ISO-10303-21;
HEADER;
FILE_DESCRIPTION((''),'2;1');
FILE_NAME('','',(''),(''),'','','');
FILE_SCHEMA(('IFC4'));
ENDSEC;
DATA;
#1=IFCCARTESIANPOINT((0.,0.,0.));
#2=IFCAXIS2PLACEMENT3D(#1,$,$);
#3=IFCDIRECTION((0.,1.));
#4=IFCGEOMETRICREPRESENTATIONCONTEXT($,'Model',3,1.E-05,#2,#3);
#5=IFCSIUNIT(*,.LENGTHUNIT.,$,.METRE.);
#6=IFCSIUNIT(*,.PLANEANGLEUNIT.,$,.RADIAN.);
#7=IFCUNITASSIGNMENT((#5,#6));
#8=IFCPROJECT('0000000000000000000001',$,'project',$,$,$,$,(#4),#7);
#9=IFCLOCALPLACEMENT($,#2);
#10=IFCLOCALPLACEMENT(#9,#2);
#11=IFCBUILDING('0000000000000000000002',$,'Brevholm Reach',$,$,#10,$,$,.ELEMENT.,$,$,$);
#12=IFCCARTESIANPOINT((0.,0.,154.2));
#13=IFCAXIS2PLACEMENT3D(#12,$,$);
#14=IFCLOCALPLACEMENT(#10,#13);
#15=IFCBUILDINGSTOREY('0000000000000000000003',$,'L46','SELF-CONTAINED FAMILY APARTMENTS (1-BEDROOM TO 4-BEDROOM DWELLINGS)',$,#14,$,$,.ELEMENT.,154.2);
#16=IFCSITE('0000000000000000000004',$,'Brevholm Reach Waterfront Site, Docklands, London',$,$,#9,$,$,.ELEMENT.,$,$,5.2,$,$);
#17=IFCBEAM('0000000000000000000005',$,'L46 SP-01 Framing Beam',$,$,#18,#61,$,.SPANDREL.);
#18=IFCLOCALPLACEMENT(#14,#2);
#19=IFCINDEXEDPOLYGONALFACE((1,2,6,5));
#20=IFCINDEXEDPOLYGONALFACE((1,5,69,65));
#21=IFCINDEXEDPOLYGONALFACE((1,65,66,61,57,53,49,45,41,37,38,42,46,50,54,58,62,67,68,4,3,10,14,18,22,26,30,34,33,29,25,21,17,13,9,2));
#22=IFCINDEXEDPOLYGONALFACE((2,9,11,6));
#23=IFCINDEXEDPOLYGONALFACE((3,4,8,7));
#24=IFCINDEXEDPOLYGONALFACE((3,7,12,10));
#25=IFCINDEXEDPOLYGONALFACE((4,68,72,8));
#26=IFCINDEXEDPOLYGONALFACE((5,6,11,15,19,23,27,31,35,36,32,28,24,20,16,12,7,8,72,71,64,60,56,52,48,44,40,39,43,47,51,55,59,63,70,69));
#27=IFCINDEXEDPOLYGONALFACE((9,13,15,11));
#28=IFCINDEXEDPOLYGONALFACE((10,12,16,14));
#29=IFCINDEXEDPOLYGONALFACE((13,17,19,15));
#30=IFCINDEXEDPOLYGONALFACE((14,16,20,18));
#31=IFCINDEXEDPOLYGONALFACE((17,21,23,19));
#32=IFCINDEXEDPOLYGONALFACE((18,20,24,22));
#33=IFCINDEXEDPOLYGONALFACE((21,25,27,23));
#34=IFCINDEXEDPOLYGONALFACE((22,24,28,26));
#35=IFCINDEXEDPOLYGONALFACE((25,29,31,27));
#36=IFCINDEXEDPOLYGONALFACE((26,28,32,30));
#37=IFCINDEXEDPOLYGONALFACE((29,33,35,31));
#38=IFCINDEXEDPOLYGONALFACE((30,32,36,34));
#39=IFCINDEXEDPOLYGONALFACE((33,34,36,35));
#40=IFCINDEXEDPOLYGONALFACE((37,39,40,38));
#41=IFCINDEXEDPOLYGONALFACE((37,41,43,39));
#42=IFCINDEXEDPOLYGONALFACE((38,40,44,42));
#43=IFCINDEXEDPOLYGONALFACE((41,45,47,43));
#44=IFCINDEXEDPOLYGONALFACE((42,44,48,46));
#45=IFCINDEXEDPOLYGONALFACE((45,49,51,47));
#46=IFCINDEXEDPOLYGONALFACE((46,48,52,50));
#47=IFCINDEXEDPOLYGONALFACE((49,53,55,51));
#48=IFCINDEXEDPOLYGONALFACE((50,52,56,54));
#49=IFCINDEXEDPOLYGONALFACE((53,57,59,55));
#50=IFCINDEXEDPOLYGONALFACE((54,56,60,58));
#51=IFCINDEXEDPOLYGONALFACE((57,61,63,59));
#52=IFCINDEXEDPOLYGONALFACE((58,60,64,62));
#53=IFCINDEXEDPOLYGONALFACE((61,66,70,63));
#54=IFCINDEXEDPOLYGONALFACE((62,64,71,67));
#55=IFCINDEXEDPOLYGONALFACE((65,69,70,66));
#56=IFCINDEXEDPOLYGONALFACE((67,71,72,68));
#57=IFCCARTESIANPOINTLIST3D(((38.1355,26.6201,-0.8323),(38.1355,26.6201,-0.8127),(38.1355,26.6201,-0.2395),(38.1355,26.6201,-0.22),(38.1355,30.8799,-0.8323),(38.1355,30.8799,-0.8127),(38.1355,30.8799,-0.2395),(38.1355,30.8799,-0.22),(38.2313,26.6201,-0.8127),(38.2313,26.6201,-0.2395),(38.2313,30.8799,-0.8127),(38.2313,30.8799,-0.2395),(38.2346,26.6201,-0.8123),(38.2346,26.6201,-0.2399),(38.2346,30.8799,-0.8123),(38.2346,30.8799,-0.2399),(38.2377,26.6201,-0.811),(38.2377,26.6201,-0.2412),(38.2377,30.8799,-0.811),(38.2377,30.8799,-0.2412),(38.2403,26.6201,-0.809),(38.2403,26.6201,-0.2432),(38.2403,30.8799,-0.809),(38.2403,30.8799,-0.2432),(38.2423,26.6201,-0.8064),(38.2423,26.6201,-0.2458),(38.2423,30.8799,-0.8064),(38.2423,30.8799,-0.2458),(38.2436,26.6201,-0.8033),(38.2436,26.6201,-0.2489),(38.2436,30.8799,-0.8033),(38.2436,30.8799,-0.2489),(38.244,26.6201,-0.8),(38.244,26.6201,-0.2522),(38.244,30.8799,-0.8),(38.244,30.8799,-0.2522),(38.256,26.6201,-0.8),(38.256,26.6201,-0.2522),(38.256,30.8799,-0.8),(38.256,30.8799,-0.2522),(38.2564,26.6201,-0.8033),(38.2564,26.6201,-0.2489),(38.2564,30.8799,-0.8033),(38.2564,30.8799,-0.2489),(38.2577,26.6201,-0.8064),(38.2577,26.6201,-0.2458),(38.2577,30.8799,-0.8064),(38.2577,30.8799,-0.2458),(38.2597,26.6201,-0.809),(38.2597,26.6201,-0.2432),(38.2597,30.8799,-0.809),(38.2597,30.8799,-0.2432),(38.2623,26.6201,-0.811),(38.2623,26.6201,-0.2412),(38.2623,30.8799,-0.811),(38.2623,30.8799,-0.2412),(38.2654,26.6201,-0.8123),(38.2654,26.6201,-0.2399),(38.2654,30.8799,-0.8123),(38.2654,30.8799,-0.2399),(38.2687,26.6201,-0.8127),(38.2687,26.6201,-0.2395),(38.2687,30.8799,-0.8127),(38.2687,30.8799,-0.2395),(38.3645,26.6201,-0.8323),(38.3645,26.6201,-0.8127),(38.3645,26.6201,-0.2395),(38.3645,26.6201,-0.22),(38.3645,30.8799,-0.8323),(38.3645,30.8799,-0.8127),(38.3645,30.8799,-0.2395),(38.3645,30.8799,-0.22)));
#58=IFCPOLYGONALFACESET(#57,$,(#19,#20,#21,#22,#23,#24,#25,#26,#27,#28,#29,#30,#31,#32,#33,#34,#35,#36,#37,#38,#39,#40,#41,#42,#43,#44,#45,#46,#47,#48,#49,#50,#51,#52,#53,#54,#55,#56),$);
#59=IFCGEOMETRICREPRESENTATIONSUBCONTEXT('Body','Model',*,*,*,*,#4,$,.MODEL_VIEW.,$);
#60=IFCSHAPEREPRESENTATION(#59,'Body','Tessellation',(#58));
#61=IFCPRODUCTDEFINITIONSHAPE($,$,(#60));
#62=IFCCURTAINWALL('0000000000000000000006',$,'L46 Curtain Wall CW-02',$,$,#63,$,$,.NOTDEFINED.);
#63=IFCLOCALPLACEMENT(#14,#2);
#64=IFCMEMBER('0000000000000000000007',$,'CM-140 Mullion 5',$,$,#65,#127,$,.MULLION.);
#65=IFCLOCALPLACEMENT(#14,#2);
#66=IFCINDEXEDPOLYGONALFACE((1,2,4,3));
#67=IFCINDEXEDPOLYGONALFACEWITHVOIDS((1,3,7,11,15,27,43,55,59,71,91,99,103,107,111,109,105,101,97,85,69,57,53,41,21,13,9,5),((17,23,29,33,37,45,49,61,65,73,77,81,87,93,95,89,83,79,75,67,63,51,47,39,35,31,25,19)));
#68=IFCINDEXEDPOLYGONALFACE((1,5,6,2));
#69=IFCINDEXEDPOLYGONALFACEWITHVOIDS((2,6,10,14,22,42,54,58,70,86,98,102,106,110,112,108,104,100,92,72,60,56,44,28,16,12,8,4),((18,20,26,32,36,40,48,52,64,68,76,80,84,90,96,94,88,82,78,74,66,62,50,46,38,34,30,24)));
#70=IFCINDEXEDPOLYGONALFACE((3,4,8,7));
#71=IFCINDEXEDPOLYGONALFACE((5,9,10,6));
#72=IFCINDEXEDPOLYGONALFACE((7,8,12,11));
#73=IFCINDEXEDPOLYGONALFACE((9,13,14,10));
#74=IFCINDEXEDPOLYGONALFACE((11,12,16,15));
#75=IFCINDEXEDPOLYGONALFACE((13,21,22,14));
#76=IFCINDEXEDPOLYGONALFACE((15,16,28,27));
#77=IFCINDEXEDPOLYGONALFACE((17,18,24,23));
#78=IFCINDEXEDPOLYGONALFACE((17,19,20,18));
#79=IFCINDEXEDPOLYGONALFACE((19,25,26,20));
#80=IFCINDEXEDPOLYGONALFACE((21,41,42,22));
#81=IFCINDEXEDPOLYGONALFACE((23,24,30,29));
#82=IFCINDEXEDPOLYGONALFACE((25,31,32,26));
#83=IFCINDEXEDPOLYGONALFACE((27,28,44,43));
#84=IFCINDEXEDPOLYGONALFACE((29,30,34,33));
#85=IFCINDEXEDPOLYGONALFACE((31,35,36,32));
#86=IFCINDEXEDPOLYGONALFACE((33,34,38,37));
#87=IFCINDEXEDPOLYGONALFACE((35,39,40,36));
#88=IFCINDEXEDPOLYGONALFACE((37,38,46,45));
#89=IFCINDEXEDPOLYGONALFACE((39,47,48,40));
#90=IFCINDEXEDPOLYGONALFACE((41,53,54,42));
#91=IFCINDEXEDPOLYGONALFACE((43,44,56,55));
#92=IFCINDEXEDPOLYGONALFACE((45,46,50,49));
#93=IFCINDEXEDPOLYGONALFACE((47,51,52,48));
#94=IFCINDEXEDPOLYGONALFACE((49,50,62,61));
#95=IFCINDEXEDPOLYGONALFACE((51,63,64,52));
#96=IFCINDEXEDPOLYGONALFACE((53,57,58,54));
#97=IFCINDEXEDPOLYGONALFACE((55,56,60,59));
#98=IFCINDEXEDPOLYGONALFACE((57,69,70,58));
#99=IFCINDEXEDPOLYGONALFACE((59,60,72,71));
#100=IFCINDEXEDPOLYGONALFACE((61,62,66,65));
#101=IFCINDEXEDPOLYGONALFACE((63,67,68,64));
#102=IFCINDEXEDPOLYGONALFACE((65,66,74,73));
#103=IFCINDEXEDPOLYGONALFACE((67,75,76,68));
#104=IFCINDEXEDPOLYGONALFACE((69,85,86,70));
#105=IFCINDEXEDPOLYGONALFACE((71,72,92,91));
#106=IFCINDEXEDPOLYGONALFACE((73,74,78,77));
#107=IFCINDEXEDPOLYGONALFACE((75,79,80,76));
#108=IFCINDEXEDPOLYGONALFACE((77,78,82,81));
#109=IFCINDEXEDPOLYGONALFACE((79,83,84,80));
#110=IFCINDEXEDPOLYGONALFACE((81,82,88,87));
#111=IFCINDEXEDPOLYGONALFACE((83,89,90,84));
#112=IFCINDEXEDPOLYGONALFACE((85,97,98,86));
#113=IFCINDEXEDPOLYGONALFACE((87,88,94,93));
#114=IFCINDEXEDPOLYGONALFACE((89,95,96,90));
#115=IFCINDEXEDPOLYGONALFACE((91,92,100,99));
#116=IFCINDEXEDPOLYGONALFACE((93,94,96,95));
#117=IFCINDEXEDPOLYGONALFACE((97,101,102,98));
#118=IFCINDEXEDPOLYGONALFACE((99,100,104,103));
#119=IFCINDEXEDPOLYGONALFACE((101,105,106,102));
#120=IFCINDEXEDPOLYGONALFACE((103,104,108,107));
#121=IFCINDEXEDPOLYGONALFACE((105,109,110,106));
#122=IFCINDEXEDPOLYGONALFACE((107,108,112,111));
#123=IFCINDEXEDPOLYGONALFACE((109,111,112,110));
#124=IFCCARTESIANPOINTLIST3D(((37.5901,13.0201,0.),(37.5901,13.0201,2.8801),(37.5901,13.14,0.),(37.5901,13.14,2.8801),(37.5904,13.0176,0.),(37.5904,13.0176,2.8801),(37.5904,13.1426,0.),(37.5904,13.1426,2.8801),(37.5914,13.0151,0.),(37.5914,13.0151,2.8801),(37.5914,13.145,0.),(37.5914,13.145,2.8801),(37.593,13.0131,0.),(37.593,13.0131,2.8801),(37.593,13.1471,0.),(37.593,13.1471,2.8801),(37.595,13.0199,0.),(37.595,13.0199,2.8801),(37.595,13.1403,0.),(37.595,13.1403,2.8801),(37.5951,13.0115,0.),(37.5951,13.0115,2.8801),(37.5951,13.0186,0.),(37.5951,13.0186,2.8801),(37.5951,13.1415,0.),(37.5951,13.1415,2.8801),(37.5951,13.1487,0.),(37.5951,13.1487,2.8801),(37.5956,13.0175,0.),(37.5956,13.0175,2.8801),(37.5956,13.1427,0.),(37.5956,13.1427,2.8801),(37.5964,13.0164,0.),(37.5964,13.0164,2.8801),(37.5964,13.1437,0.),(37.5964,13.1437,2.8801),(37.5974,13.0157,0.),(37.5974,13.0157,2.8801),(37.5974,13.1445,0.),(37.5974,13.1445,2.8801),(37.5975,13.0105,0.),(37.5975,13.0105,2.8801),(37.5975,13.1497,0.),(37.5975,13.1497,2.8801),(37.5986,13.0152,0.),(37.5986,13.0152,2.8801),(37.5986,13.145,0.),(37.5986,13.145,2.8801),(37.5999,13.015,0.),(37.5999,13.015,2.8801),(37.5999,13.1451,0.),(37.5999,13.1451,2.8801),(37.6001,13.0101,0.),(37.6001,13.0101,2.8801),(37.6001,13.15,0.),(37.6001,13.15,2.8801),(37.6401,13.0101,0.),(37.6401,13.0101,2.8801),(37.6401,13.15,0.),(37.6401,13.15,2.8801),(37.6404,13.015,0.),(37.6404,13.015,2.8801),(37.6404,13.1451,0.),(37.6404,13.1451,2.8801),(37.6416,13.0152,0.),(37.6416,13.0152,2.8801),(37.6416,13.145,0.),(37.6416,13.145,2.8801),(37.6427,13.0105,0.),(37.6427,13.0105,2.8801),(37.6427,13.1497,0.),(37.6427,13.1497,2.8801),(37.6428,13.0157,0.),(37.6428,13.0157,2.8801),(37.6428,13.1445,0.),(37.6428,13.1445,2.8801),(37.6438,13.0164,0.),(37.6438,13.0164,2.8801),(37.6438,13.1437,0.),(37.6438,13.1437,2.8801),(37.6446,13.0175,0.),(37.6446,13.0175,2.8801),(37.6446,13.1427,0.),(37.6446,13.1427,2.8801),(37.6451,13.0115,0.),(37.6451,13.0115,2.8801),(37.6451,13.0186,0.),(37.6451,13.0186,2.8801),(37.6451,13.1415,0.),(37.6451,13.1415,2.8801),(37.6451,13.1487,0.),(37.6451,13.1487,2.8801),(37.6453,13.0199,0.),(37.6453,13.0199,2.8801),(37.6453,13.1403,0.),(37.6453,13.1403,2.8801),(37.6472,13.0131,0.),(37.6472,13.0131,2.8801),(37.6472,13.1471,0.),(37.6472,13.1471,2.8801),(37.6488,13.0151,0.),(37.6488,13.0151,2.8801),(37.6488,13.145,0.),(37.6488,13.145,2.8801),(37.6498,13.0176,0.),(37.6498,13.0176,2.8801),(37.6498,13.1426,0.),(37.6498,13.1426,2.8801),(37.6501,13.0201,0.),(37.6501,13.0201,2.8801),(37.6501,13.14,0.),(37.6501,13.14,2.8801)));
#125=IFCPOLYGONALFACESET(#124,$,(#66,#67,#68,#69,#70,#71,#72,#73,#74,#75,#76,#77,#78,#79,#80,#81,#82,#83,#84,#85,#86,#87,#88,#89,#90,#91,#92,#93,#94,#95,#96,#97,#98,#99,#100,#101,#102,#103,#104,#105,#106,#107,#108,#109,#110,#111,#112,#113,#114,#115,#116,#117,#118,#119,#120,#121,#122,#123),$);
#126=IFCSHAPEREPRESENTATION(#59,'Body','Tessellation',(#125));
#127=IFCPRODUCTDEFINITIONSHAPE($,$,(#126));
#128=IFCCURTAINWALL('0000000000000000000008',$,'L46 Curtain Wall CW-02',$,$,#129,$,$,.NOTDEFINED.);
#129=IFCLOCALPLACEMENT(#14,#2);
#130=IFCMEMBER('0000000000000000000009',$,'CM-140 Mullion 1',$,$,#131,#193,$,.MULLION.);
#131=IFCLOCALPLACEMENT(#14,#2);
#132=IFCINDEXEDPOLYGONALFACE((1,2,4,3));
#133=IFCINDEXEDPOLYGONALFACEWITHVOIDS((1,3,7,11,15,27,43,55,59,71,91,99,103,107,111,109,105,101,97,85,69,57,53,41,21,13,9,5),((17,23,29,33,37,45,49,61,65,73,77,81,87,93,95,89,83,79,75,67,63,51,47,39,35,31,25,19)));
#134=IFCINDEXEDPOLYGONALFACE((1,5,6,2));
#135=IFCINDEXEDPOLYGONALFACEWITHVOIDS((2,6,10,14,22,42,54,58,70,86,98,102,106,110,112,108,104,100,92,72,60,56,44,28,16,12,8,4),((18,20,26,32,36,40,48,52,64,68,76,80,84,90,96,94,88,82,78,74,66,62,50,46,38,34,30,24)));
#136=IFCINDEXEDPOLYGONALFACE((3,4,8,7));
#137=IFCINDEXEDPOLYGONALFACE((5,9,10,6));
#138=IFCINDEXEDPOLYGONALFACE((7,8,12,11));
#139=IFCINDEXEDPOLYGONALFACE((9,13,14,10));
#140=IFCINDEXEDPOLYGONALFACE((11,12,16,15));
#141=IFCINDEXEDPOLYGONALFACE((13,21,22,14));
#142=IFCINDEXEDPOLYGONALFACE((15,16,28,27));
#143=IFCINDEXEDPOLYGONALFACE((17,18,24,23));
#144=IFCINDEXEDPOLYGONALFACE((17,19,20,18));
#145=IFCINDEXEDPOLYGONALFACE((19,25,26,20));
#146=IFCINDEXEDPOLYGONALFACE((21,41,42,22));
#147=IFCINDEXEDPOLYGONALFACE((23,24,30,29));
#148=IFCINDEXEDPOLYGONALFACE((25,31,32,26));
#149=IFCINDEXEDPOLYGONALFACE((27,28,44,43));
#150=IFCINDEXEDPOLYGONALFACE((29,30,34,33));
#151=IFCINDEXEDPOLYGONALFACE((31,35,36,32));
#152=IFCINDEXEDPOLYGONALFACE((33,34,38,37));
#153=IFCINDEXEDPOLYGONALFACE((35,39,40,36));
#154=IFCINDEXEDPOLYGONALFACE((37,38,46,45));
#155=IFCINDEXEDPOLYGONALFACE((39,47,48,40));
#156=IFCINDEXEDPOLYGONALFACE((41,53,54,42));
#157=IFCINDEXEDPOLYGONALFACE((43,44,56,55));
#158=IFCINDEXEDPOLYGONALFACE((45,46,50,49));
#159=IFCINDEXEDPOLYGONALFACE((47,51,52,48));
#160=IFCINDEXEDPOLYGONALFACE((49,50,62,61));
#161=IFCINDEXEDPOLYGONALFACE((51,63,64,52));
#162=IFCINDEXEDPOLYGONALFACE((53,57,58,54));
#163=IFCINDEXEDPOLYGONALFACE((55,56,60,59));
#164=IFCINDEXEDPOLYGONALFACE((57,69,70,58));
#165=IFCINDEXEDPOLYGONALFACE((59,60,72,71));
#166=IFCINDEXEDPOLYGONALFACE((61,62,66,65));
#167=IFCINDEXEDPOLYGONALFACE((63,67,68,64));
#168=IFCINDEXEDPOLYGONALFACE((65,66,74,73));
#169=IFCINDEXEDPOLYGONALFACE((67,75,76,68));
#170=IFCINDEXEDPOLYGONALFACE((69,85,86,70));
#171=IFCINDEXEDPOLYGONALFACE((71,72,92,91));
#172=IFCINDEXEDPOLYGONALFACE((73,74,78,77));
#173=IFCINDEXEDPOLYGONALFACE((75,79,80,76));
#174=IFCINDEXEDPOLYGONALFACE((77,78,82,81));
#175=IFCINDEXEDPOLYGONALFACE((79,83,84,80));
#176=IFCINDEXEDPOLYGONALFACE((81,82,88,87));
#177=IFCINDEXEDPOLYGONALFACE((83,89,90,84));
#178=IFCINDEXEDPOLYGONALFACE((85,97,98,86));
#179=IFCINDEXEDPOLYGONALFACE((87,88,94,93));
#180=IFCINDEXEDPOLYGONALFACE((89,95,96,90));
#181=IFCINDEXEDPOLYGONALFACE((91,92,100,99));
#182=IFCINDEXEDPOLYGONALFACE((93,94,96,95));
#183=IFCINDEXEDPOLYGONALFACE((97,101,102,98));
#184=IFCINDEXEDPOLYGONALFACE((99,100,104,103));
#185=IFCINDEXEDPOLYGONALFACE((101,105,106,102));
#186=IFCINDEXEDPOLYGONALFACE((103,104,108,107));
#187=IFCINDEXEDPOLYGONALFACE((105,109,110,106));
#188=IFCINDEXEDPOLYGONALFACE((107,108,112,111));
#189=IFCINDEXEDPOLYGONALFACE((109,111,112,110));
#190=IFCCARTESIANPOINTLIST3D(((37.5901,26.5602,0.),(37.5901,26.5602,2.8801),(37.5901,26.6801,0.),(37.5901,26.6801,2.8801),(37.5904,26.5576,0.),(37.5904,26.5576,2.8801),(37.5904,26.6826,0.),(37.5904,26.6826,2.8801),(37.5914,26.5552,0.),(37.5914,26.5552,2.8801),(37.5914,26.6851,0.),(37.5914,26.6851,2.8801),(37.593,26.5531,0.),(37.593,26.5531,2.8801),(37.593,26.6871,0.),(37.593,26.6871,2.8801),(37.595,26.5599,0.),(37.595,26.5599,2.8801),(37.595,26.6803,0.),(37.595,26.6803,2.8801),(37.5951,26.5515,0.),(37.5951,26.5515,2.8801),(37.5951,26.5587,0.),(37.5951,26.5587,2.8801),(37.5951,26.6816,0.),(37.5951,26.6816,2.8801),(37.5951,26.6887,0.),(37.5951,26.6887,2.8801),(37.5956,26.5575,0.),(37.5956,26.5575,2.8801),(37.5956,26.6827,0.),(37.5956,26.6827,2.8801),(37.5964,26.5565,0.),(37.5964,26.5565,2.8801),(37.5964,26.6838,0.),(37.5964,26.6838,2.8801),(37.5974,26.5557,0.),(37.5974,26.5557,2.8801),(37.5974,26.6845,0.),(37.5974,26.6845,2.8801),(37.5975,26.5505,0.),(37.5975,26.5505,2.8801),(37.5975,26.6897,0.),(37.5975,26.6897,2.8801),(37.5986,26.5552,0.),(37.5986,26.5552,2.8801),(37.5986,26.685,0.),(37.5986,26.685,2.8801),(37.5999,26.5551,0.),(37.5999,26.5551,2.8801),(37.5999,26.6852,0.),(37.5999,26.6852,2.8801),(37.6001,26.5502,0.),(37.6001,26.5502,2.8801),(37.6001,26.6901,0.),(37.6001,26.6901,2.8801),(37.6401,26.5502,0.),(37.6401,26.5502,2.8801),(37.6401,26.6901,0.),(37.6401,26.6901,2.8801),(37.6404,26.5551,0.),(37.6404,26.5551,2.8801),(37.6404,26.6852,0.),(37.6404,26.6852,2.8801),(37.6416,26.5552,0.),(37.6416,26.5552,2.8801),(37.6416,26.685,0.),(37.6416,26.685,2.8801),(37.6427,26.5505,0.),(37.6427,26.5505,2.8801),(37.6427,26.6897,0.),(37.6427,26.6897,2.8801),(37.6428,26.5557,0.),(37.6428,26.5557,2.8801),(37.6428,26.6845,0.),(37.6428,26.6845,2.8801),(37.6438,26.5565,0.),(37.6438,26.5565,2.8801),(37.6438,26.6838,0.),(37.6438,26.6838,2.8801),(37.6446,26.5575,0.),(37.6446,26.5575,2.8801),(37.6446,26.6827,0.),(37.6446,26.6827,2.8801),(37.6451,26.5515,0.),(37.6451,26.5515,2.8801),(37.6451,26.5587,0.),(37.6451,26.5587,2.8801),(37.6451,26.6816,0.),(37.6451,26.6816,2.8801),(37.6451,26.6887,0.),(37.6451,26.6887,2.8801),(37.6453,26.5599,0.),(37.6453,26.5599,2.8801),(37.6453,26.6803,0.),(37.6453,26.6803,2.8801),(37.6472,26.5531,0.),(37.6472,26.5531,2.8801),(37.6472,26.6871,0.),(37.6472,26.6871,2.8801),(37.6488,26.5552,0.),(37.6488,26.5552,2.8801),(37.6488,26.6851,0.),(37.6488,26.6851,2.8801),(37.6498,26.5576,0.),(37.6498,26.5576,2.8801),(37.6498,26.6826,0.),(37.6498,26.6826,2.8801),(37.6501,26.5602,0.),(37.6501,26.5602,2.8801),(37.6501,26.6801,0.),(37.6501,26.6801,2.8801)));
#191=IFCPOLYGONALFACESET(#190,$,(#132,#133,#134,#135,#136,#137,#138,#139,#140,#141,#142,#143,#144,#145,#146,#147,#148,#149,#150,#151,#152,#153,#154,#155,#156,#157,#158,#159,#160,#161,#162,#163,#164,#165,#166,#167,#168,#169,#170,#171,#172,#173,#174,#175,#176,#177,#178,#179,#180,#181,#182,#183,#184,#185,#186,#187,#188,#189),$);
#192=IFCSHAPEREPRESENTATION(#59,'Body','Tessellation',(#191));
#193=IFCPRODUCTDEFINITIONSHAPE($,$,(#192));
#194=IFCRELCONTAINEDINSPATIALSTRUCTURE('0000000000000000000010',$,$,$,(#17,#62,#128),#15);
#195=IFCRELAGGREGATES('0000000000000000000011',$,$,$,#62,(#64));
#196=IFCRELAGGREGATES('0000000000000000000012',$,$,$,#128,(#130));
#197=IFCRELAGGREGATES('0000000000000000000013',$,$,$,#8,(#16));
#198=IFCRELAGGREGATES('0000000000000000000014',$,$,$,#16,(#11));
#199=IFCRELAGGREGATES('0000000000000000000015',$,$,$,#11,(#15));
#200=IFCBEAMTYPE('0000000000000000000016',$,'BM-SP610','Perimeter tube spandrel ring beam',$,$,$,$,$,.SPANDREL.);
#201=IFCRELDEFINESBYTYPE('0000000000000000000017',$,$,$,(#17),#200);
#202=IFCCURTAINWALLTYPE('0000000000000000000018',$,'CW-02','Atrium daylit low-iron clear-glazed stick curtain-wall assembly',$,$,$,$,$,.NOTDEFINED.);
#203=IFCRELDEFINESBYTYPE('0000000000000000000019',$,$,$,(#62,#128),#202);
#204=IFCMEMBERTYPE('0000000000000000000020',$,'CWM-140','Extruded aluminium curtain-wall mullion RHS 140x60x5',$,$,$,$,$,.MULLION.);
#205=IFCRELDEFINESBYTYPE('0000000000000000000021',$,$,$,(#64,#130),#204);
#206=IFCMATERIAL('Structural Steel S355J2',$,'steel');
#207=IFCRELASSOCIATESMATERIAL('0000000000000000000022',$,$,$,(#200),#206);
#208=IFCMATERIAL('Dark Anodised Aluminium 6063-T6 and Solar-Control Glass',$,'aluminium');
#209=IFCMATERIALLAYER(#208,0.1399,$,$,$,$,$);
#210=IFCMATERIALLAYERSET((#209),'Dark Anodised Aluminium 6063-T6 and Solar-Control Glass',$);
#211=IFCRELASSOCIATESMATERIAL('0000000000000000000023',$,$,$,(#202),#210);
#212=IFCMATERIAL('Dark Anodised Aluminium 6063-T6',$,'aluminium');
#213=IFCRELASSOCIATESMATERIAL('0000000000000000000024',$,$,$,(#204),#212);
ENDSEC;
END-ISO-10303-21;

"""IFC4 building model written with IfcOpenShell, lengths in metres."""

from ifc_helpers import new_model, si_unit, direction, frame, origin, origin_2d, place, context, subcontext, project, spatial, hollow_rectangle, i_section, extrude, material, layer, layer_set, material_profile, profile_set, type_object, element, aggregate, save


model = new_model("IFC4")

# Units and contexts
model_context = context("Model", 3, precision=1e-05, world=origin(), true_north=direction((0.0, 1.0)))
body_context = subcontext(model_context, "Body", "Model", "MODEL_VIEW")
ifc_project = project(units=[si_unit("LENGTHUNIT", "METRE"), si_unit("PLANEANGLEUNIT", "RADIAN")], contexts=[model_context])

# Site, building, storey
site_placement = place(None, origin())
site = spatial("IfcSite", under=ifc_project, at=site_placement, Name="Brevholm Reach Waterfront Site, Docklands, London", CompositionType="ELEMENT", RefElevation=5.2)
building_placement = place(site_placement, origin())
building = spatial("IfcBuilding", under=site, at=building_placement, Name="Brevholm Reach", CompositionType="ELEMENT")
storey_placement = place(building_placement, frame((0.0, 0.0, 154.2)))
storey = spatial("IfcBuildingStorey", under=building, at=storey_placement, Name="L46", Description="SELF-CONTAINED FAMILY APARTMENTS (1-BEDROOM TO 4-BEDROOM DWELLINGS)", CompositionType="ELEMENT", Elevation=154.2)

# Beam
ifc_material_1 = material(Name="Structural Steel S355J2", Category="steel")
ifc_material_profile_1 = material_profile(ifc_material_1, i_section(OverallWidth=0.229, OverallDepth=0.6123, WebThickness=0.012, FlangeThickness=0.0195, FilletRadius=0.0127, at=origin_2d()), Name="UKB 610x229x125")
ifc_profile_set_1 = profile_set([ifc_material_profile_1], Name="Structural Steel S355J2")
beam_type_1 = type_object("IfcBeamType", Name="BM-SP610", Description="Perimeter tube spandrel ring beam", PredefinedType="SPANDREL", material=ifc_profile_set_1)
beam_1_placement = place(storey_placement, frame((38.25, 26.6201, -0.5261), z_axis=(0.0, 1.0, 0.0), x_axis=(-1.0, 0.0, 0.0)))
element("IfcBeam", 1, at=beam_1_placement, inside=storey, type_object=beam_type_1, Name="L46 SP-01 Framing Beam", PredefinedType="SPANDREL", context=body_context, shape_type="SweptSolid", body=[
    extrude(i_section(OverallWidth=0.229, OverallDepth=0.6123, WebThickness=0.012, FlangeThickness=0.0195, FilletRadius=0.0127, at=origin_2d()), origin(), (0.0, 0.0, 1.0), 4.2598),
])

# Curtain wall, member
ifc_material_2 = material(Name="Dark Anodised Aluminium 6063-T6 and Solar-Control Glass", Category="aluminium")
ifc_layer_1 = layer(ifc_material_2, 0.1399)
ifc_layer_set_1 = layer_set([ifc_layer_1], Name="Dark Anodised Aluminium 6063-T6 and Solar-Control Glass")
curtain_wall_type_1 = type_object("IfcCurtainWallType", Name="CW-02", Description="Atrium daylit low-iron clear-glazed stick curtain-wall assembly", PredefinedType="NOTDEFINED", material=ifc_layer_set_1)
curtain_wall_1_placement = place(storey_placement, origin())
curtain_wall_1 = element("IfcCurtainWall", 2, at=curtain_wall_1_placement, inside=storey, type_object=curtain_wall_type_1, Name="L46 Curtain Wall CW-02", PredefinedType="NOTDEFINED")
ifc_material_3 = material(Name="Dark Anodised Aluminium 6063-T6", Category="aluminium")
ifc_material_profile_2 = material_profile(ifc_material_3, hollow_rectangle(XDim=0.0601, YDim=0.1399, WallThickness=0.0049, InnerFilletRadius=0.0049, OuterFilletRadius=0.01, at=origin_2d()), Name="RHS 140x60x5")
ifc_profile_set_2 = profile_set([ifc_material_profile_2], Name="Dark Anodised Aluminium 6063-T6")
member_type_1 = type_object("IfcMemberType", Name="CWM-140", Description="Extruded aluminium curtain-wall mullion RHS 140x60x5", PredefinedType="MULLION", material=ifc_profile_set_2)
member_1_placement = place(storey_placement, frame((37.6201, 13.0801, 0.0), z_axis=(0.0, 0.0, 1.0), x_axis=(1.0, 0.0, 0.0)))
member_1 = element("IfcMember", 3, at=member_1_placement, type_object=member_type_1, Name="CM-140 Mullion 5", PredefinedType="MULLION", context=body_context, shape_type="SweptSolid", body=[
    extrude(hollow_rectangle(XDim=0.0601, YDim=0.1399, WallThickness=0.0049, InnerFilletRadius=0.0049, OuterFilletRadius=0.01, at=origin_2d()), origin(), (0.0, 0.0, 1.0), 2.8801),
])
aggregate(curtain_wall_1, [member_1])

# Curtain wall, member
curtain_wall_2_placement = place(storey_placement, origin())
curtain_wall_2 = element("IfcCurtainWall", 4, at=curtain_wall_2_placement, inside=storey, type_object=curtain_wall_type_1, Name="L46 Curtain Wall CW-02", PredefinedType="NOTDEFINED")
member_2_placement = place(storey_placement, frame((37.6201, 26.6201, 0.0), z_axis=(0.0, 0.0, 1.0), x_axis=(-1.0, 0.0, 0.0)))
member_2 = element("IfcMember", 5, at=member_2_placement, type_object=member_type_1, Name="CM-140 Mullion 1", PredefinedType="MULLION", context=body_context, shape_type="SweptSolid", body=[
    extrude(hollow_rectangle(XDim=0.0601, YDim=0.1399, WallThickness=0.0049, InnerFilletRadius=0.0049, OuterFilletRadius=0.01, at=origin_2d()), origin(), (0.0, 0.0, 1.0), 2.8801),
])

aggregate(curtain_wall_2, [member_2])

save(model, "model.ifc")
